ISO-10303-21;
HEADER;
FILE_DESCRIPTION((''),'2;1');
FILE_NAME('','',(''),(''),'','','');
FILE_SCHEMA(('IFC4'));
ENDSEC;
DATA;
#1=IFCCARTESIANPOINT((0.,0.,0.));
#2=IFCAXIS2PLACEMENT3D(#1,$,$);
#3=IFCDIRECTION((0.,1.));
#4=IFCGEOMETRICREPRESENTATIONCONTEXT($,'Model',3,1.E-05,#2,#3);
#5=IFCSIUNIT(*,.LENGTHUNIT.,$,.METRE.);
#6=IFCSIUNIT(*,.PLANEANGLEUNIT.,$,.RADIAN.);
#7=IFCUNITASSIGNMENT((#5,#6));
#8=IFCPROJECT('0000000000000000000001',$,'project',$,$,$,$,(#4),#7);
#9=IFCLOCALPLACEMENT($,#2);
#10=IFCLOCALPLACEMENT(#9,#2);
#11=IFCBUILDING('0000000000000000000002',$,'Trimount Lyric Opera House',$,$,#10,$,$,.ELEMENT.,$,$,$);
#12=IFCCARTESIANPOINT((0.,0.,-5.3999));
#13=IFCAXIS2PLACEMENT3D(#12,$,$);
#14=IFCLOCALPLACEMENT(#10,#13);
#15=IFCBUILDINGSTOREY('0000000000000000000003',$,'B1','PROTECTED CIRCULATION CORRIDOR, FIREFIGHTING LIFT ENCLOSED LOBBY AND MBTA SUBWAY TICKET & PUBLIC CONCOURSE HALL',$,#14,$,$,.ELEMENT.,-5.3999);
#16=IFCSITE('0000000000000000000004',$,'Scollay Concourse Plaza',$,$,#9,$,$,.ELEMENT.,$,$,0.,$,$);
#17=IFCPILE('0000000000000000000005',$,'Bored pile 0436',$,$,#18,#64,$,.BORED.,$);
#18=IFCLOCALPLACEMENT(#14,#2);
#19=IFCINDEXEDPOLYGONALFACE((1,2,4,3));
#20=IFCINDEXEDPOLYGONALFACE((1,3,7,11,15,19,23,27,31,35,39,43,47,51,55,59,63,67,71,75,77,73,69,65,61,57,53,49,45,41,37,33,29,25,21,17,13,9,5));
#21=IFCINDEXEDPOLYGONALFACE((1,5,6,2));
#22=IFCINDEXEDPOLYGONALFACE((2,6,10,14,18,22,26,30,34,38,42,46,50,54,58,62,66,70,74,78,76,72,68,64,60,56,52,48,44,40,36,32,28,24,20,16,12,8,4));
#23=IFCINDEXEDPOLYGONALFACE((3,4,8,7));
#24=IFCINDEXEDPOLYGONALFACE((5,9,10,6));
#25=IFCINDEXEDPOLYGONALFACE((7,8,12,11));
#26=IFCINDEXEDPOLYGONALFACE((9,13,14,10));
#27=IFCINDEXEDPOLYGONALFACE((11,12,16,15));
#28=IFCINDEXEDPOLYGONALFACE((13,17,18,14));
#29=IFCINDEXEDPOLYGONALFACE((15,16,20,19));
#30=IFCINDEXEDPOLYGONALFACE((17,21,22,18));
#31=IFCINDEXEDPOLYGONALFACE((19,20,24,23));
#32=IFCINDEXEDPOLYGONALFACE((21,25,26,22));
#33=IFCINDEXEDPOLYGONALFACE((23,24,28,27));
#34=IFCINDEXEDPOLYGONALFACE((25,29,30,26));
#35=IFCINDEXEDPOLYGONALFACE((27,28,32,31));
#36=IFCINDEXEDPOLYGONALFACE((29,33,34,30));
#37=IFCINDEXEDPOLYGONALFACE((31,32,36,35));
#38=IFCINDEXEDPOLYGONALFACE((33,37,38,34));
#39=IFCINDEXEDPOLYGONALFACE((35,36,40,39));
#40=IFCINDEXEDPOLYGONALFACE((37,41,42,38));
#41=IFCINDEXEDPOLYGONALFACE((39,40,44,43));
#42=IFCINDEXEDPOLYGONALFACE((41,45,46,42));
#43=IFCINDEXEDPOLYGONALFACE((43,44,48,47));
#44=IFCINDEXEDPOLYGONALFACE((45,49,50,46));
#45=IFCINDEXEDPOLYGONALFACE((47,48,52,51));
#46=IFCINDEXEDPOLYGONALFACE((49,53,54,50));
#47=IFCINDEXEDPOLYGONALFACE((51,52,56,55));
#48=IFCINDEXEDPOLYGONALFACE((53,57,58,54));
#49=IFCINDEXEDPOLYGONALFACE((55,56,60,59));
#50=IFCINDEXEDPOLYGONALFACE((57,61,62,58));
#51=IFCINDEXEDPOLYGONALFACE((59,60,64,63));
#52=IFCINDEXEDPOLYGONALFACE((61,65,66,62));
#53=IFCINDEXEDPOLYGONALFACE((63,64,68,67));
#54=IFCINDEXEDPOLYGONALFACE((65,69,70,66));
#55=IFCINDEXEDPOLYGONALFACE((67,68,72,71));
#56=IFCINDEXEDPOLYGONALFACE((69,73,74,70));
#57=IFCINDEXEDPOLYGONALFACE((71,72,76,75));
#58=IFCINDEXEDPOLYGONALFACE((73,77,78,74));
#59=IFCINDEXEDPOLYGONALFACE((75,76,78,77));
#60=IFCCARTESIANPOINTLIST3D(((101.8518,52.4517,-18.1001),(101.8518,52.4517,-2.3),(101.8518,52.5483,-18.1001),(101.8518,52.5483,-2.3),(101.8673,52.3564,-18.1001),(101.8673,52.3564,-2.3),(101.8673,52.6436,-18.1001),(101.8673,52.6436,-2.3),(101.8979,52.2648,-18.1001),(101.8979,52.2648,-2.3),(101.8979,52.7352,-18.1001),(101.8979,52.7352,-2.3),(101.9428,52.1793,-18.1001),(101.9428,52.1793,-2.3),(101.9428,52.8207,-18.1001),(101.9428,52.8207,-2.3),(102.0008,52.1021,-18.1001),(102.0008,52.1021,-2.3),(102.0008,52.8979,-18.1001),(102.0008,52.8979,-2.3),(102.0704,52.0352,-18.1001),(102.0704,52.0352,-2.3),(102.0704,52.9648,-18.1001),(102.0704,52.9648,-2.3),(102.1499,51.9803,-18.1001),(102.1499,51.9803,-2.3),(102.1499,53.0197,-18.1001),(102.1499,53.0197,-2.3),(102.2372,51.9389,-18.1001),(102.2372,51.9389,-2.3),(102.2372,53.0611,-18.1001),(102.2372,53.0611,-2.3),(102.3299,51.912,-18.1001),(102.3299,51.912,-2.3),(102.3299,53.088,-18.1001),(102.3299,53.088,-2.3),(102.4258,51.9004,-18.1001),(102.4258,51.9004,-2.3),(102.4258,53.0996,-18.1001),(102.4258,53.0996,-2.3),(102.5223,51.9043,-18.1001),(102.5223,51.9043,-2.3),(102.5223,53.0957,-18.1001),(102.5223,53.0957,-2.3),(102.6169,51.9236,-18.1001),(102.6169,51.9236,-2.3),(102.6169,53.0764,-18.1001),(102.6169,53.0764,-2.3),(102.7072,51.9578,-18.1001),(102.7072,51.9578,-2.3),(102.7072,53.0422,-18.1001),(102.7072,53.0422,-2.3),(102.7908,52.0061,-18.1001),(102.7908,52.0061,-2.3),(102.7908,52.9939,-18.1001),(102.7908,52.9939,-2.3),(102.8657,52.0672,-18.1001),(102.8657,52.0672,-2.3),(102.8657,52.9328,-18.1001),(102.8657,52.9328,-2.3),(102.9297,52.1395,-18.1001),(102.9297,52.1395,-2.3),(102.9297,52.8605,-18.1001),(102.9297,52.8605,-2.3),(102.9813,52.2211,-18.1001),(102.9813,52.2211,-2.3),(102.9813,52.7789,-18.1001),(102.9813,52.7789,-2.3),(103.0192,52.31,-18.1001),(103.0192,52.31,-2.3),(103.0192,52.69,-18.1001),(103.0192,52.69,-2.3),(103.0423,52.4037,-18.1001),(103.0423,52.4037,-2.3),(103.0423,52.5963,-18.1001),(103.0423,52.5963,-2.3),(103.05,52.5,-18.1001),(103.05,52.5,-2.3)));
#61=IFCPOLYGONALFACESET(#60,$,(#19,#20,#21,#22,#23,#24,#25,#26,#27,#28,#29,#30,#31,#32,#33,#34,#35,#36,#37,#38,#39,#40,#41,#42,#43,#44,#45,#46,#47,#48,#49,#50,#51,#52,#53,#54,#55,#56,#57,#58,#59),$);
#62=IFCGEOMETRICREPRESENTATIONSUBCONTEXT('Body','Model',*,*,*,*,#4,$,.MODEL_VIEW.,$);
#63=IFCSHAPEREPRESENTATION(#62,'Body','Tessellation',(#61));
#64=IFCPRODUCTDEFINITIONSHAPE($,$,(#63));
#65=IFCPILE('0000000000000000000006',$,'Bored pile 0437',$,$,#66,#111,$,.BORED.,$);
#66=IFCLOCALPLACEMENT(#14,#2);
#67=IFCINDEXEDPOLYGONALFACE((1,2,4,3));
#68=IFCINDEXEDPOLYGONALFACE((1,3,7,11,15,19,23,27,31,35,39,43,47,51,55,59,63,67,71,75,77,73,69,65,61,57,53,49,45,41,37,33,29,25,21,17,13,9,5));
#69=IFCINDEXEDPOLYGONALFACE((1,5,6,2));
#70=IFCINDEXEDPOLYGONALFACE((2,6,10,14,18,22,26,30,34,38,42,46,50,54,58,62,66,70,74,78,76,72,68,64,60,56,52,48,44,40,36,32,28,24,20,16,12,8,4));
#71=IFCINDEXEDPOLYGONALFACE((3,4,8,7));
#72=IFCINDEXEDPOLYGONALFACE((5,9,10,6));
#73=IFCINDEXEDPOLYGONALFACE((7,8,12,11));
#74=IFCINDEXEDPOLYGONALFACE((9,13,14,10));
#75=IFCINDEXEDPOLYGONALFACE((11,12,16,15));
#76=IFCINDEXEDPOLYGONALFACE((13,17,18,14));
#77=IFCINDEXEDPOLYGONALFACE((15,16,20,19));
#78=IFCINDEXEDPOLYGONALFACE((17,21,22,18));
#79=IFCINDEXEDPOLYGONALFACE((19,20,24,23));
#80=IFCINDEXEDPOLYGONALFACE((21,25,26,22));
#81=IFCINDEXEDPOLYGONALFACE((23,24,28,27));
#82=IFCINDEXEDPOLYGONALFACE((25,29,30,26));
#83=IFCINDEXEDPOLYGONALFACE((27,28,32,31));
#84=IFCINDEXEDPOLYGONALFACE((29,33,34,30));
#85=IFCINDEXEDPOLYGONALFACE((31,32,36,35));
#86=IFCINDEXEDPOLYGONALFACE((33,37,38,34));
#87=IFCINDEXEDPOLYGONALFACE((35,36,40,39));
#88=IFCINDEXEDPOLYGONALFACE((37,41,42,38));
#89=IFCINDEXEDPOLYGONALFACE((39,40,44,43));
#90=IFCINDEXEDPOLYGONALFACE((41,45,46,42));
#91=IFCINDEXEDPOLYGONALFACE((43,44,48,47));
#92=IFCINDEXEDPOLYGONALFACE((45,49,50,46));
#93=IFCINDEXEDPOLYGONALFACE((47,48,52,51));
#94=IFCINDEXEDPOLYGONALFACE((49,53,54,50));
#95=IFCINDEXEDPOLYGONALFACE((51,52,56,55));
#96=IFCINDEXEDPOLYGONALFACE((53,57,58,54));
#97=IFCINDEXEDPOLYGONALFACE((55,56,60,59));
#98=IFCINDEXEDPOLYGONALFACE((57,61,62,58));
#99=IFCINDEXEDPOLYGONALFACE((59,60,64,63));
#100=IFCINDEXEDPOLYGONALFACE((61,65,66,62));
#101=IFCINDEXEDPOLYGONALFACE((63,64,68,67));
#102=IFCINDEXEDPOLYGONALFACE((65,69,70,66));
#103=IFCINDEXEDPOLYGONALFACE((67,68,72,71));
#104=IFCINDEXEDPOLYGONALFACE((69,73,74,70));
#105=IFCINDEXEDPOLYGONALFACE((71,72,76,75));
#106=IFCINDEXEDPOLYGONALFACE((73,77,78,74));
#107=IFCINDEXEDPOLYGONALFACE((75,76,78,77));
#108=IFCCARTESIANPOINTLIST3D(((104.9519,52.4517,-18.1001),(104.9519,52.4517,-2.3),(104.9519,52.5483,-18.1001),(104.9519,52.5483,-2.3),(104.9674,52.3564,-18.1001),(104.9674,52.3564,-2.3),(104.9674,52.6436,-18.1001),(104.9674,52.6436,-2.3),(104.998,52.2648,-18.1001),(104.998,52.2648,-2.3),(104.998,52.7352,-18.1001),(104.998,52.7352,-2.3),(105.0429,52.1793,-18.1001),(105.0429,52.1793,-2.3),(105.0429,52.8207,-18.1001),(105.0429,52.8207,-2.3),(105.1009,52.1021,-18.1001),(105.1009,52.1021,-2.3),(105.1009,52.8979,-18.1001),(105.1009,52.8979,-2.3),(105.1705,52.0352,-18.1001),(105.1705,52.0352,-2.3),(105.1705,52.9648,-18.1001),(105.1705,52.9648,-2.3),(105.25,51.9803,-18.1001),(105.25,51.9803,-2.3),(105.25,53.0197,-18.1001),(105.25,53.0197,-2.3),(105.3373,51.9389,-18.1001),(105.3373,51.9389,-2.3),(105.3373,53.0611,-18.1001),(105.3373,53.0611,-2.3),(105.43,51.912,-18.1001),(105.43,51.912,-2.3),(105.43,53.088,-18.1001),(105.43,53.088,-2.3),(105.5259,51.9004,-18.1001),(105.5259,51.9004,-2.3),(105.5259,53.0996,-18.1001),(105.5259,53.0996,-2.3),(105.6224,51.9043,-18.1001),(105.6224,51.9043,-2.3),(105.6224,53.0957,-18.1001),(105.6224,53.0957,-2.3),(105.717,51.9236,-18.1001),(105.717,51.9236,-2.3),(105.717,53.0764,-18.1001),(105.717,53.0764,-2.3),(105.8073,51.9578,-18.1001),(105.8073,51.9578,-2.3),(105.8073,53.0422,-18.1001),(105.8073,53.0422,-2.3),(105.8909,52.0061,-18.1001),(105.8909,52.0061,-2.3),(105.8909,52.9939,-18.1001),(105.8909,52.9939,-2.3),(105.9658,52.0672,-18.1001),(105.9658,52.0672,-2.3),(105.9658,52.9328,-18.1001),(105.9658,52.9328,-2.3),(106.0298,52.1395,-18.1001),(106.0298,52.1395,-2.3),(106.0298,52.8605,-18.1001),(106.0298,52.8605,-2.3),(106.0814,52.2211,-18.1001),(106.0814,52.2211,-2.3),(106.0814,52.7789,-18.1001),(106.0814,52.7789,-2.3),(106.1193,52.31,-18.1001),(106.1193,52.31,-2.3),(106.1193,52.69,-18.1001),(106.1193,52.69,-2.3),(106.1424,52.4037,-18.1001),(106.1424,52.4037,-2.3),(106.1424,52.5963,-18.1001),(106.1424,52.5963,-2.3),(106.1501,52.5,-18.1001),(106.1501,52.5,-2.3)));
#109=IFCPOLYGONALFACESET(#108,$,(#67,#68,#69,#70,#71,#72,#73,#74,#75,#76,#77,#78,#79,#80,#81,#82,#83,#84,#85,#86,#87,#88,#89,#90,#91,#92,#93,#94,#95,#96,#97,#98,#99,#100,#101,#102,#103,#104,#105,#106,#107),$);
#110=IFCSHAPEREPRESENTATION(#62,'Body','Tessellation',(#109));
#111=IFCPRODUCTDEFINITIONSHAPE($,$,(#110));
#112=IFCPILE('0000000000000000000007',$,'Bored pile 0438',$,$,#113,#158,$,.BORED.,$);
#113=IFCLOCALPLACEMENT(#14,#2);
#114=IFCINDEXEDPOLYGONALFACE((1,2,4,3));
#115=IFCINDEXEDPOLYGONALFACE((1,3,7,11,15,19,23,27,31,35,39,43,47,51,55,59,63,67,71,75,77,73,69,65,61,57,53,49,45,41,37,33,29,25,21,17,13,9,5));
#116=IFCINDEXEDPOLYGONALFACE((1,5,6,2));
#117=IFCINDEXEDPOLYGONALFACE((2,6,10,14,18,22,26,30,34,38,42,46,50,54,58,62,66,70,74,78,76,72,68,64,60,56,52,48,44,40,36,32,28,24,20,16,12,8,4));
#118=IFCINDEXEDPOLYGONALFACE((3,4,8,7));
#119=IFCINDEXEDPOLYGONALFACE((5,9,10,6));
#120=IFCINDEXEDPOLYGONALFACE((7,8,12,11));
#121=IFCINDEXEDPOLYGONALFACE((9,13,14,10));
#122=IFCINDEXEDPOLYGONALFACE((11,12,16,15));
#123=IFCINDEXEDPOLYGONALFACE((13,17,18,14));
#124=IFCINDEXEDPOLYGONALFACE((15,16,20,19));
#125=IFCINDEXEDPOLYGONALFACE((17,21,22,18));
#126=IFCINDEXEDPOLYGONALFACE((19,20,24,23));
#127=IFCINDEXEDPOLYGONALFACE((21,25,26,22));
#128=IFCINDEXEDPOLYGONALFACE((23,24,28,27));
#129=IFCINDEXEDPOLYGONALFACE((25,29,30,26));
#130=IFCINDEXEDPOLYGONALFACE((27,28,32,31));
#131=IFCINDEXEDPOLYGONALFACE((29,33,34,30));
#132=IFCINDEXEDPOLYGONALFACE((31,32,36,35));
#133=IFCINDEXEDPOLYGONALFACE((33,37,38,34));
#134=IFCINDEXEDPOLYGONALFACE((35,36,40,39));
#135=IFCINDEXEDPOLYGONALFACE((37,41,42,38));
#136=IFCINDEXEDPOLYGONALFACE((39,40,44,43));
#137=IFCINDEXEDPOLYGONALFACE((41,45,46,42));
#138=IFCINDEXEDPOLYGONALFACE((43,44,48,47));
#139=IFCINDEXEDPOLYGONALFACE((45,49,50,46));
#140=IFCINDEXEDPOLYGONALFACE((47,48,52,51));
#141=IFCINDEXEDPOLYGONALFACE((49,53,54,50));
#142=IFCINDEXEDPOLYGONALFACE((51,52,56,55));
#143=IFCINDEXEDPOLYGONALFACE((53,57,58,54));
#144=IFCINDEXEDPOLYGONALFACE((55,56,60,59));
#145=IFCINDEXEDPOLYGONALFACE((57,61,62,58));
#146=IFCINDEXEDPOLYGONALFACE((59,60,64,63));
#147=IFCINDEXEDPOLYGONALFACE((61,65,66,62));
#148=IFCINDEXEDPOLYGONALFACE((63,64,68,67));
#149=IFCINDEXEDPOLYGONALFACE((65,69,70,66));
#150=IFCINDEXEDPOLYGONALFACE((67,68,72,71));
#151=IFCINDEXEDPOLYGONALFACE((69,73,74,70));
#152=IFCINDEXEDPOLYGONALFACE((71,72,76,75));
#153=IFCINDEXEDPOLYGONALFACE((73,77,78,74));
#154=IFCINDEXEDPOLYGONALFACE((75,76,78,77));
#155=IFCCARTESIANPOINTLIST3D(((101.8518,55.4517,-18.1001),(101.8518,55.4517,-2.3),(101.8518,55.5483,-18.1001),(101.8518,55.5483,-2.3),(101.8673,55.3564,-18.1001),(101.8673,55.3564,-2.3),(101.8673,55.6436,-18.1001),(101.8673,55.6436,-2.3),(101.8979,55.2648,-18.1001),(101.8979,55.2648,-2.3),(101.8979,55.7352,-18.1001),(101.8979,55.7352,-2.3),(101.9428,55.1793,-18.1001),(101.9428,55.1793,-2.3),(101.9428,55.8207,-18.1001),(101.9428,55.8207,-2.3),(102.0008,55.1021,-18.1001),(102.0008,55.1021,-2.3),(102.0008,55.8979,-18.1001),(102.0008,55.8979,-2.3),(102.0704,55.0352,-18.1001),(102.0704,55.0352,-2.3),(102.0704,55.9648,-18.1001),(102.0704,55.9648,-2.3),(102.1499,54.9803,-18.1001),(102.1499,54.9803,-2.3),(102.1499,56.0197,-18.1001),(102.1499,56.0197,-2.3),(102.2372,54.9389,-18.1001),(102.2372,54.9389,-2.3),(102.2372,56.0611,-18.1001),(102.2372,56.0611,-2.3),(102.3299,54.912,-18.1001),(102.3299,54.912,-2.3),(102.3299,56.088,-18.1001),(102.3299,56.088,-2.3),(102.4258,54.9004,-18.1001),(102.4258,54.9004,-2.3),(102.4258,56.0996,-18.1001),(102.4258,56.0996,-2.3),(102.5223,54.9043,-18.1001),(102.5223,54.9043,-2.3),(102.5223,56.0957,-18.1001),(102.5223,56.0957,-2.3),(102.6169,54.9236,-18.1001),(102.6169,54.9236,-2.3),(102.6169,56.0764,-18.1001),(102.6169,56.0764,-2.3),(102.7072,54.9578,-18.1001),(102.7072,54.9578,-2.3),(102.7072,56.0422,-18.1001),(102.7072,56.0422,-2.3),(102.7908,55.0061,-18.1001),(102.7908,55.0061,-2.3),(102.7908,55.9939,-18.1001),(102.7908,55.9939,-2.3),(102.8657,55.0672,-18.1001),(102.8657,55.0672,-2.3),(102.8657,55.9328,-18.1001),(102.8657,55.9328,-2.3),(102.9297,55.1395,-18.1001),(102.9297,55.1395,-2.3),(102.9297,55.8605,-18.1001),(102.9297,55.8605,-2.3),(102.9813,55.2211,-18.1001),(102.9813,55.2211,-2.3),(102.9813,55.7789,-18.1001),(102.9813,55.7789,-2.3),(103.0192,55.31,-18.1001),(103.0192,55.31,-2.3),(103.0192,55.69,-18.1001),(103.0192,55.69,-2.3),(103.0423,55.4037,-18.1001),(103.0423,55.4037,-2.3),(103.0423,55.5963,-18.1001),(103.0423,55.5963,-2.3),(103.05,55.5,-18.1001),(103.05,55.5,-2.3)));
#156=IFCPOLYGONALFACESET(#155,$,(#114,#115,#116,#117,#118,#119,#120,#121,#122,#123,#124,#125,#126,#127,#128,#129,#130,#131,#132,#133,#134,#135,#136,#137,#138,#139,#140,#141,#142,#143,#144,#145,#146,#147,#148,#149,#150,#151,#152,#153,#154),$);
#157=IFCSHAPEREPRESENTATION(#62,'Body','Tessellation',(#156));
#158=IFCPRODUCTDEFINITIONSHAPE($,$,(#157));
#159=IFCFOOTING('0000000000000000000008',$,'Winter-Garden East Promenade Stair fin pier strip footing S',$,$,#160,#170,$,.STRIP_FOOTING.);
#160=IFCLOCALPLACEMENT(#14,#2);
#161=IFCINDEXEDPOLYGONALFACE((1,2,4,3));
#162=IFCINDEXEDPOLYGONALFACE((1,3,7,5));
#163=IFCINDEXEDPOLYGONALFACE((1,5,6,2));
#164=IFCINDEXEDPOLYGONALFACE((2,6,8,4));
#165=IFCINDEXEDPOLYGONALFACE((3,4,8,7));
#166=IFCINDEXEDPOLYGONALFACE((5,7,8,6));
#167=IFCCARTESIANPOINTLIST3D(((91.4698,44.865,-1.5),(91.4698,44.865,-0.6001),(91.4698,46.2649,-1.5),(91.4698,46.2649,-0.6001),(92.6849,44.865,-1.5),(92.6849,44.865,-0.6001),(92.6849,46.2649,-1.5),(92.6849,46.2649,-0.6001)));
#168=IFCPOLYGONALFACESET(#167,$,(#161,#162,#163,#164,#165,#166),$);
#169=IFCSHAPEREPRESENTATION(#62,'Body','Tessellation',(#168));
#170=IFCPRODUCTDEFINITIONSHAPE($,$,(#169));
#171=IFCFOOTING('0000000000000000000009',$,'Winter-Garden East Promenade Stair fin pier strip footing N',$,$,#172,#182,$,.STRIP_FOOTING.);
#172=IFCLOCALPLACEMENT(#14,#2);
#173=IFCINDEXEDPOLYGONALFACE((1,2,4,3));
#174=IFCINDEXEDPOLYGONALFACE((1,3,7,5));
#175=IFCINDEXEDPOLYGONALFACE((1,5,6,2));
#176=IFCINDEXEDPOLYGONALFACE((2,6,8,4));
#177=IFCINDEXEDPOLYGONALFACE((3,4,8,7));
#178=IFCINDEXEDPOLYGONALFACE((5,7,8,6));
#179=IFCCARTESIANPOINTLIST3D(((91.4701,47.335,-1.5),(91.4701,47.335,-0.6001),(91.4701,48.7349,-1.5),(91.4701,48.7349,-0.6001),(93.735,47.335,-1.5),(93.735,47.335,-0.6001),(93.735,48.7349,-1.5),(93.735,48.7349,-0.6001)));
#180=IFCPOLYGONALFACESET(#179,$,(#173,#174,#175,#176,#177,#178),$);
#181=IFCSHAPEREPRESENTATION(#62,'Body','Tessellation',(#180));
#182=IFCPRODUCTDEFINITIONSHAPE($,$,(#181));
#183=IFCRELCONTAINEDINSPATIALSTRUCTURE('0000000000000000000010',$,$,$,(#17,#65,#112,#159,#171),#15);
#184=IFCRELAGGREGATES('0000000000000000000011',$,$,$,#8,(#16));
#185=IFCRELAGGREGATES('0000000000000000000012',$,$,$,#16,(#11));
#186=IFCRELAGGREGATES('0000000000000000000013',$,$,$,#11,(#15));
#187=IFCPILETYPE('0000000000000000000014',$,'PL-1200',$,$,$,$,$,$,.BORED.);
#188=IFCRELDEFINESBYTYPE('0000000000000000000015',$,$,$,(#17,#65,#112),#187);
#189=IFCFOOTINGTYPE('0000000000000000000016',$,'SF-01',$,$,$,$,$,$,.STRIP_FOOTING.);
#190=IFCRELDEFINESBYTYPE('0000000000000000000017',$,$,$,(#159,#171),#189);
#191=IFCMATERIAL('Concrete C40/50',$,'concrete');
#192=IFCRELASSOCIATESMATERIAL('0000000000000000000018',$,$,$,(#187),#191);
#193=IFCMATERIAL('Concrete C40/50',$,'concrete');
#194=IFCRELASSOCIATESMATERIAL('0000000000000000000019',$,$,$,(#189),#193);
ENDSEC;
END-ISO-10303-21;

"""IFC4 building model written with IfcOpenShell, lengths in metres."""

from ifc_helpers import new_model, si_unit, direction, frame, origin, origin_2d, place, context, subcontext, project, spatial, rectangle, circle, extrude, material, material_profile, profile_set, type_object, element, save


model = new_model("IFC4")

# Units and contexts
model_context = context("Model", 3, precision=1e-05, world=origin(), true_north=direction((0.0, 1.0)))
body_context = subcontext(model_context, "Body", "Model", "MODEL_VIEW")
ifc_project = project(units=[si_unit("LENGTHUNIT", "METRE"), si_unit("PLANEANGLEUNIT", "RADIAN")], contexts=[model_context])

# Site, building, storey
site_placement = place(None, origin())
site = spatial("IfcSite", under=ifc_project, at=site_placement, Name="Scollay Concourse Plaza", CompositionType="ELEMENT", RefElevation=0.0)
building_placement = place(site_placement, origin())
building = spatial("IfcBuilding", under=site, at=building_placement, Name="Trimount Lyric Opera House", CompositionType="ELEMENT")
storey_placement = place(building_placement, frame((0.0, 0.0, -5.3999)))
storey = spatial("IfcBuildingStorey", under=building, at=storey_placement, Name="B1", Description="PROTECTED CIRCULATION CORRIDOR, FIREFIGHTING LIFT ENCLOSED LOBBY AND MBTA SUBWAY TICKET & PUBLIC CONCOURSE HALL", CompositionType="ELEMENT", Elevation=-5.3999)

# Piles
ifc_material_1 = material(Name="Concrete C40/50", Category="concrete")
ifc_material_profile_1 = material_profile(ifc_material_1, circle(Radius=0.6001, at=origin_2d()), Name="PILE-D1200")
ifc_profile_set_1 = profile_set([ifc_material_profile_1], Name="Concrete C40/50")
pile_type = type_object("IfcPileType", Name="PL-1200", PredefinedType="BORED", material=ifc_profile_set_1)
for number, where, z_axis, x_axis, name in (
    (1, (102.45, 52.5, -2.3), (0.0, 0.0, -1.0), (1.0, 0.0, 0.0), "Bored pile 0436"),
    (2, (105.55, 52.5, -2.3), (0.0, 0.0, -1.0), (1.0, 0.0, 0.0), "Bored pile 0437"),
    (3, (102.45, 55.5, -2.3), (0.0, 0.0, -1.0), (1.0, 0.0, 0.0), "Bored pile 0438"),
):
    element("IfcPile", number, at=place(storey_placement, frame(where, z_axis=z_axis, x_axis=x_axis)), inside=storey, type_object=pile_type, Name=name, PredefinedType="BORED", context=body_context, shape_type="SweptSolid", body=[
        extrude(circle(Radius=0.6001, at=origin_2d()), origin(), (0.0, 0.0, 1.0), 15.8),
    ])

# Footings
ifc_material_2 = material(Name="Concrete C40/50", Category="concrete")
footing_type_1 = type_object("IfcFootingType", Name="SF-01", PredefinedType="STRIP_FOOTING", material=ifc_material_2)
footing_1_placement = place(storey_placement, frame((92.0774, 45.5649, -1.5), z_axis=(0.0, 0.0, 1.0), x_axis=(1.0, 0.0, 0.0)))
element("IfcFooting", 4, at=footing_1_placement, inside=storey, type_object=footing_type_1, Name="Winter-Garden East Promenade Stair fin pier strip footing S", PredefinedType="STRIP_FOOTING", context=body_context, shape_type="SweptSolid", body=[
    extrude(rectangle(XDim=1.2151, YDim=1.3999, at=origin_2d()), origin(), (0.0, 0.0, 1.0), 0.8999),
])
footing_2_placement = place(storey_placement, frame((92.6025, 48.0349, -1.5), z_axis=(0.0, 0.0, 1.0), x_axis=(1.0, 0.0, 0.0)))
element("IfcFooting", 5, at=footing_2_placement, inside=storey, type_object=footing_type_1, Name="Winter-Garden East Promenade Stair fin pier strip footing N", PredefinedType="STRIP_FOOTING", context=body_context, shape_type="SweptSolid", body=[
    extrude(rectangle(XDim=2.2649, YDim=1.3999, at=origin_2d()), origin(), (0.0, 0.0, 1.0), 0.8999),
])

save(model, "model.ifc")
